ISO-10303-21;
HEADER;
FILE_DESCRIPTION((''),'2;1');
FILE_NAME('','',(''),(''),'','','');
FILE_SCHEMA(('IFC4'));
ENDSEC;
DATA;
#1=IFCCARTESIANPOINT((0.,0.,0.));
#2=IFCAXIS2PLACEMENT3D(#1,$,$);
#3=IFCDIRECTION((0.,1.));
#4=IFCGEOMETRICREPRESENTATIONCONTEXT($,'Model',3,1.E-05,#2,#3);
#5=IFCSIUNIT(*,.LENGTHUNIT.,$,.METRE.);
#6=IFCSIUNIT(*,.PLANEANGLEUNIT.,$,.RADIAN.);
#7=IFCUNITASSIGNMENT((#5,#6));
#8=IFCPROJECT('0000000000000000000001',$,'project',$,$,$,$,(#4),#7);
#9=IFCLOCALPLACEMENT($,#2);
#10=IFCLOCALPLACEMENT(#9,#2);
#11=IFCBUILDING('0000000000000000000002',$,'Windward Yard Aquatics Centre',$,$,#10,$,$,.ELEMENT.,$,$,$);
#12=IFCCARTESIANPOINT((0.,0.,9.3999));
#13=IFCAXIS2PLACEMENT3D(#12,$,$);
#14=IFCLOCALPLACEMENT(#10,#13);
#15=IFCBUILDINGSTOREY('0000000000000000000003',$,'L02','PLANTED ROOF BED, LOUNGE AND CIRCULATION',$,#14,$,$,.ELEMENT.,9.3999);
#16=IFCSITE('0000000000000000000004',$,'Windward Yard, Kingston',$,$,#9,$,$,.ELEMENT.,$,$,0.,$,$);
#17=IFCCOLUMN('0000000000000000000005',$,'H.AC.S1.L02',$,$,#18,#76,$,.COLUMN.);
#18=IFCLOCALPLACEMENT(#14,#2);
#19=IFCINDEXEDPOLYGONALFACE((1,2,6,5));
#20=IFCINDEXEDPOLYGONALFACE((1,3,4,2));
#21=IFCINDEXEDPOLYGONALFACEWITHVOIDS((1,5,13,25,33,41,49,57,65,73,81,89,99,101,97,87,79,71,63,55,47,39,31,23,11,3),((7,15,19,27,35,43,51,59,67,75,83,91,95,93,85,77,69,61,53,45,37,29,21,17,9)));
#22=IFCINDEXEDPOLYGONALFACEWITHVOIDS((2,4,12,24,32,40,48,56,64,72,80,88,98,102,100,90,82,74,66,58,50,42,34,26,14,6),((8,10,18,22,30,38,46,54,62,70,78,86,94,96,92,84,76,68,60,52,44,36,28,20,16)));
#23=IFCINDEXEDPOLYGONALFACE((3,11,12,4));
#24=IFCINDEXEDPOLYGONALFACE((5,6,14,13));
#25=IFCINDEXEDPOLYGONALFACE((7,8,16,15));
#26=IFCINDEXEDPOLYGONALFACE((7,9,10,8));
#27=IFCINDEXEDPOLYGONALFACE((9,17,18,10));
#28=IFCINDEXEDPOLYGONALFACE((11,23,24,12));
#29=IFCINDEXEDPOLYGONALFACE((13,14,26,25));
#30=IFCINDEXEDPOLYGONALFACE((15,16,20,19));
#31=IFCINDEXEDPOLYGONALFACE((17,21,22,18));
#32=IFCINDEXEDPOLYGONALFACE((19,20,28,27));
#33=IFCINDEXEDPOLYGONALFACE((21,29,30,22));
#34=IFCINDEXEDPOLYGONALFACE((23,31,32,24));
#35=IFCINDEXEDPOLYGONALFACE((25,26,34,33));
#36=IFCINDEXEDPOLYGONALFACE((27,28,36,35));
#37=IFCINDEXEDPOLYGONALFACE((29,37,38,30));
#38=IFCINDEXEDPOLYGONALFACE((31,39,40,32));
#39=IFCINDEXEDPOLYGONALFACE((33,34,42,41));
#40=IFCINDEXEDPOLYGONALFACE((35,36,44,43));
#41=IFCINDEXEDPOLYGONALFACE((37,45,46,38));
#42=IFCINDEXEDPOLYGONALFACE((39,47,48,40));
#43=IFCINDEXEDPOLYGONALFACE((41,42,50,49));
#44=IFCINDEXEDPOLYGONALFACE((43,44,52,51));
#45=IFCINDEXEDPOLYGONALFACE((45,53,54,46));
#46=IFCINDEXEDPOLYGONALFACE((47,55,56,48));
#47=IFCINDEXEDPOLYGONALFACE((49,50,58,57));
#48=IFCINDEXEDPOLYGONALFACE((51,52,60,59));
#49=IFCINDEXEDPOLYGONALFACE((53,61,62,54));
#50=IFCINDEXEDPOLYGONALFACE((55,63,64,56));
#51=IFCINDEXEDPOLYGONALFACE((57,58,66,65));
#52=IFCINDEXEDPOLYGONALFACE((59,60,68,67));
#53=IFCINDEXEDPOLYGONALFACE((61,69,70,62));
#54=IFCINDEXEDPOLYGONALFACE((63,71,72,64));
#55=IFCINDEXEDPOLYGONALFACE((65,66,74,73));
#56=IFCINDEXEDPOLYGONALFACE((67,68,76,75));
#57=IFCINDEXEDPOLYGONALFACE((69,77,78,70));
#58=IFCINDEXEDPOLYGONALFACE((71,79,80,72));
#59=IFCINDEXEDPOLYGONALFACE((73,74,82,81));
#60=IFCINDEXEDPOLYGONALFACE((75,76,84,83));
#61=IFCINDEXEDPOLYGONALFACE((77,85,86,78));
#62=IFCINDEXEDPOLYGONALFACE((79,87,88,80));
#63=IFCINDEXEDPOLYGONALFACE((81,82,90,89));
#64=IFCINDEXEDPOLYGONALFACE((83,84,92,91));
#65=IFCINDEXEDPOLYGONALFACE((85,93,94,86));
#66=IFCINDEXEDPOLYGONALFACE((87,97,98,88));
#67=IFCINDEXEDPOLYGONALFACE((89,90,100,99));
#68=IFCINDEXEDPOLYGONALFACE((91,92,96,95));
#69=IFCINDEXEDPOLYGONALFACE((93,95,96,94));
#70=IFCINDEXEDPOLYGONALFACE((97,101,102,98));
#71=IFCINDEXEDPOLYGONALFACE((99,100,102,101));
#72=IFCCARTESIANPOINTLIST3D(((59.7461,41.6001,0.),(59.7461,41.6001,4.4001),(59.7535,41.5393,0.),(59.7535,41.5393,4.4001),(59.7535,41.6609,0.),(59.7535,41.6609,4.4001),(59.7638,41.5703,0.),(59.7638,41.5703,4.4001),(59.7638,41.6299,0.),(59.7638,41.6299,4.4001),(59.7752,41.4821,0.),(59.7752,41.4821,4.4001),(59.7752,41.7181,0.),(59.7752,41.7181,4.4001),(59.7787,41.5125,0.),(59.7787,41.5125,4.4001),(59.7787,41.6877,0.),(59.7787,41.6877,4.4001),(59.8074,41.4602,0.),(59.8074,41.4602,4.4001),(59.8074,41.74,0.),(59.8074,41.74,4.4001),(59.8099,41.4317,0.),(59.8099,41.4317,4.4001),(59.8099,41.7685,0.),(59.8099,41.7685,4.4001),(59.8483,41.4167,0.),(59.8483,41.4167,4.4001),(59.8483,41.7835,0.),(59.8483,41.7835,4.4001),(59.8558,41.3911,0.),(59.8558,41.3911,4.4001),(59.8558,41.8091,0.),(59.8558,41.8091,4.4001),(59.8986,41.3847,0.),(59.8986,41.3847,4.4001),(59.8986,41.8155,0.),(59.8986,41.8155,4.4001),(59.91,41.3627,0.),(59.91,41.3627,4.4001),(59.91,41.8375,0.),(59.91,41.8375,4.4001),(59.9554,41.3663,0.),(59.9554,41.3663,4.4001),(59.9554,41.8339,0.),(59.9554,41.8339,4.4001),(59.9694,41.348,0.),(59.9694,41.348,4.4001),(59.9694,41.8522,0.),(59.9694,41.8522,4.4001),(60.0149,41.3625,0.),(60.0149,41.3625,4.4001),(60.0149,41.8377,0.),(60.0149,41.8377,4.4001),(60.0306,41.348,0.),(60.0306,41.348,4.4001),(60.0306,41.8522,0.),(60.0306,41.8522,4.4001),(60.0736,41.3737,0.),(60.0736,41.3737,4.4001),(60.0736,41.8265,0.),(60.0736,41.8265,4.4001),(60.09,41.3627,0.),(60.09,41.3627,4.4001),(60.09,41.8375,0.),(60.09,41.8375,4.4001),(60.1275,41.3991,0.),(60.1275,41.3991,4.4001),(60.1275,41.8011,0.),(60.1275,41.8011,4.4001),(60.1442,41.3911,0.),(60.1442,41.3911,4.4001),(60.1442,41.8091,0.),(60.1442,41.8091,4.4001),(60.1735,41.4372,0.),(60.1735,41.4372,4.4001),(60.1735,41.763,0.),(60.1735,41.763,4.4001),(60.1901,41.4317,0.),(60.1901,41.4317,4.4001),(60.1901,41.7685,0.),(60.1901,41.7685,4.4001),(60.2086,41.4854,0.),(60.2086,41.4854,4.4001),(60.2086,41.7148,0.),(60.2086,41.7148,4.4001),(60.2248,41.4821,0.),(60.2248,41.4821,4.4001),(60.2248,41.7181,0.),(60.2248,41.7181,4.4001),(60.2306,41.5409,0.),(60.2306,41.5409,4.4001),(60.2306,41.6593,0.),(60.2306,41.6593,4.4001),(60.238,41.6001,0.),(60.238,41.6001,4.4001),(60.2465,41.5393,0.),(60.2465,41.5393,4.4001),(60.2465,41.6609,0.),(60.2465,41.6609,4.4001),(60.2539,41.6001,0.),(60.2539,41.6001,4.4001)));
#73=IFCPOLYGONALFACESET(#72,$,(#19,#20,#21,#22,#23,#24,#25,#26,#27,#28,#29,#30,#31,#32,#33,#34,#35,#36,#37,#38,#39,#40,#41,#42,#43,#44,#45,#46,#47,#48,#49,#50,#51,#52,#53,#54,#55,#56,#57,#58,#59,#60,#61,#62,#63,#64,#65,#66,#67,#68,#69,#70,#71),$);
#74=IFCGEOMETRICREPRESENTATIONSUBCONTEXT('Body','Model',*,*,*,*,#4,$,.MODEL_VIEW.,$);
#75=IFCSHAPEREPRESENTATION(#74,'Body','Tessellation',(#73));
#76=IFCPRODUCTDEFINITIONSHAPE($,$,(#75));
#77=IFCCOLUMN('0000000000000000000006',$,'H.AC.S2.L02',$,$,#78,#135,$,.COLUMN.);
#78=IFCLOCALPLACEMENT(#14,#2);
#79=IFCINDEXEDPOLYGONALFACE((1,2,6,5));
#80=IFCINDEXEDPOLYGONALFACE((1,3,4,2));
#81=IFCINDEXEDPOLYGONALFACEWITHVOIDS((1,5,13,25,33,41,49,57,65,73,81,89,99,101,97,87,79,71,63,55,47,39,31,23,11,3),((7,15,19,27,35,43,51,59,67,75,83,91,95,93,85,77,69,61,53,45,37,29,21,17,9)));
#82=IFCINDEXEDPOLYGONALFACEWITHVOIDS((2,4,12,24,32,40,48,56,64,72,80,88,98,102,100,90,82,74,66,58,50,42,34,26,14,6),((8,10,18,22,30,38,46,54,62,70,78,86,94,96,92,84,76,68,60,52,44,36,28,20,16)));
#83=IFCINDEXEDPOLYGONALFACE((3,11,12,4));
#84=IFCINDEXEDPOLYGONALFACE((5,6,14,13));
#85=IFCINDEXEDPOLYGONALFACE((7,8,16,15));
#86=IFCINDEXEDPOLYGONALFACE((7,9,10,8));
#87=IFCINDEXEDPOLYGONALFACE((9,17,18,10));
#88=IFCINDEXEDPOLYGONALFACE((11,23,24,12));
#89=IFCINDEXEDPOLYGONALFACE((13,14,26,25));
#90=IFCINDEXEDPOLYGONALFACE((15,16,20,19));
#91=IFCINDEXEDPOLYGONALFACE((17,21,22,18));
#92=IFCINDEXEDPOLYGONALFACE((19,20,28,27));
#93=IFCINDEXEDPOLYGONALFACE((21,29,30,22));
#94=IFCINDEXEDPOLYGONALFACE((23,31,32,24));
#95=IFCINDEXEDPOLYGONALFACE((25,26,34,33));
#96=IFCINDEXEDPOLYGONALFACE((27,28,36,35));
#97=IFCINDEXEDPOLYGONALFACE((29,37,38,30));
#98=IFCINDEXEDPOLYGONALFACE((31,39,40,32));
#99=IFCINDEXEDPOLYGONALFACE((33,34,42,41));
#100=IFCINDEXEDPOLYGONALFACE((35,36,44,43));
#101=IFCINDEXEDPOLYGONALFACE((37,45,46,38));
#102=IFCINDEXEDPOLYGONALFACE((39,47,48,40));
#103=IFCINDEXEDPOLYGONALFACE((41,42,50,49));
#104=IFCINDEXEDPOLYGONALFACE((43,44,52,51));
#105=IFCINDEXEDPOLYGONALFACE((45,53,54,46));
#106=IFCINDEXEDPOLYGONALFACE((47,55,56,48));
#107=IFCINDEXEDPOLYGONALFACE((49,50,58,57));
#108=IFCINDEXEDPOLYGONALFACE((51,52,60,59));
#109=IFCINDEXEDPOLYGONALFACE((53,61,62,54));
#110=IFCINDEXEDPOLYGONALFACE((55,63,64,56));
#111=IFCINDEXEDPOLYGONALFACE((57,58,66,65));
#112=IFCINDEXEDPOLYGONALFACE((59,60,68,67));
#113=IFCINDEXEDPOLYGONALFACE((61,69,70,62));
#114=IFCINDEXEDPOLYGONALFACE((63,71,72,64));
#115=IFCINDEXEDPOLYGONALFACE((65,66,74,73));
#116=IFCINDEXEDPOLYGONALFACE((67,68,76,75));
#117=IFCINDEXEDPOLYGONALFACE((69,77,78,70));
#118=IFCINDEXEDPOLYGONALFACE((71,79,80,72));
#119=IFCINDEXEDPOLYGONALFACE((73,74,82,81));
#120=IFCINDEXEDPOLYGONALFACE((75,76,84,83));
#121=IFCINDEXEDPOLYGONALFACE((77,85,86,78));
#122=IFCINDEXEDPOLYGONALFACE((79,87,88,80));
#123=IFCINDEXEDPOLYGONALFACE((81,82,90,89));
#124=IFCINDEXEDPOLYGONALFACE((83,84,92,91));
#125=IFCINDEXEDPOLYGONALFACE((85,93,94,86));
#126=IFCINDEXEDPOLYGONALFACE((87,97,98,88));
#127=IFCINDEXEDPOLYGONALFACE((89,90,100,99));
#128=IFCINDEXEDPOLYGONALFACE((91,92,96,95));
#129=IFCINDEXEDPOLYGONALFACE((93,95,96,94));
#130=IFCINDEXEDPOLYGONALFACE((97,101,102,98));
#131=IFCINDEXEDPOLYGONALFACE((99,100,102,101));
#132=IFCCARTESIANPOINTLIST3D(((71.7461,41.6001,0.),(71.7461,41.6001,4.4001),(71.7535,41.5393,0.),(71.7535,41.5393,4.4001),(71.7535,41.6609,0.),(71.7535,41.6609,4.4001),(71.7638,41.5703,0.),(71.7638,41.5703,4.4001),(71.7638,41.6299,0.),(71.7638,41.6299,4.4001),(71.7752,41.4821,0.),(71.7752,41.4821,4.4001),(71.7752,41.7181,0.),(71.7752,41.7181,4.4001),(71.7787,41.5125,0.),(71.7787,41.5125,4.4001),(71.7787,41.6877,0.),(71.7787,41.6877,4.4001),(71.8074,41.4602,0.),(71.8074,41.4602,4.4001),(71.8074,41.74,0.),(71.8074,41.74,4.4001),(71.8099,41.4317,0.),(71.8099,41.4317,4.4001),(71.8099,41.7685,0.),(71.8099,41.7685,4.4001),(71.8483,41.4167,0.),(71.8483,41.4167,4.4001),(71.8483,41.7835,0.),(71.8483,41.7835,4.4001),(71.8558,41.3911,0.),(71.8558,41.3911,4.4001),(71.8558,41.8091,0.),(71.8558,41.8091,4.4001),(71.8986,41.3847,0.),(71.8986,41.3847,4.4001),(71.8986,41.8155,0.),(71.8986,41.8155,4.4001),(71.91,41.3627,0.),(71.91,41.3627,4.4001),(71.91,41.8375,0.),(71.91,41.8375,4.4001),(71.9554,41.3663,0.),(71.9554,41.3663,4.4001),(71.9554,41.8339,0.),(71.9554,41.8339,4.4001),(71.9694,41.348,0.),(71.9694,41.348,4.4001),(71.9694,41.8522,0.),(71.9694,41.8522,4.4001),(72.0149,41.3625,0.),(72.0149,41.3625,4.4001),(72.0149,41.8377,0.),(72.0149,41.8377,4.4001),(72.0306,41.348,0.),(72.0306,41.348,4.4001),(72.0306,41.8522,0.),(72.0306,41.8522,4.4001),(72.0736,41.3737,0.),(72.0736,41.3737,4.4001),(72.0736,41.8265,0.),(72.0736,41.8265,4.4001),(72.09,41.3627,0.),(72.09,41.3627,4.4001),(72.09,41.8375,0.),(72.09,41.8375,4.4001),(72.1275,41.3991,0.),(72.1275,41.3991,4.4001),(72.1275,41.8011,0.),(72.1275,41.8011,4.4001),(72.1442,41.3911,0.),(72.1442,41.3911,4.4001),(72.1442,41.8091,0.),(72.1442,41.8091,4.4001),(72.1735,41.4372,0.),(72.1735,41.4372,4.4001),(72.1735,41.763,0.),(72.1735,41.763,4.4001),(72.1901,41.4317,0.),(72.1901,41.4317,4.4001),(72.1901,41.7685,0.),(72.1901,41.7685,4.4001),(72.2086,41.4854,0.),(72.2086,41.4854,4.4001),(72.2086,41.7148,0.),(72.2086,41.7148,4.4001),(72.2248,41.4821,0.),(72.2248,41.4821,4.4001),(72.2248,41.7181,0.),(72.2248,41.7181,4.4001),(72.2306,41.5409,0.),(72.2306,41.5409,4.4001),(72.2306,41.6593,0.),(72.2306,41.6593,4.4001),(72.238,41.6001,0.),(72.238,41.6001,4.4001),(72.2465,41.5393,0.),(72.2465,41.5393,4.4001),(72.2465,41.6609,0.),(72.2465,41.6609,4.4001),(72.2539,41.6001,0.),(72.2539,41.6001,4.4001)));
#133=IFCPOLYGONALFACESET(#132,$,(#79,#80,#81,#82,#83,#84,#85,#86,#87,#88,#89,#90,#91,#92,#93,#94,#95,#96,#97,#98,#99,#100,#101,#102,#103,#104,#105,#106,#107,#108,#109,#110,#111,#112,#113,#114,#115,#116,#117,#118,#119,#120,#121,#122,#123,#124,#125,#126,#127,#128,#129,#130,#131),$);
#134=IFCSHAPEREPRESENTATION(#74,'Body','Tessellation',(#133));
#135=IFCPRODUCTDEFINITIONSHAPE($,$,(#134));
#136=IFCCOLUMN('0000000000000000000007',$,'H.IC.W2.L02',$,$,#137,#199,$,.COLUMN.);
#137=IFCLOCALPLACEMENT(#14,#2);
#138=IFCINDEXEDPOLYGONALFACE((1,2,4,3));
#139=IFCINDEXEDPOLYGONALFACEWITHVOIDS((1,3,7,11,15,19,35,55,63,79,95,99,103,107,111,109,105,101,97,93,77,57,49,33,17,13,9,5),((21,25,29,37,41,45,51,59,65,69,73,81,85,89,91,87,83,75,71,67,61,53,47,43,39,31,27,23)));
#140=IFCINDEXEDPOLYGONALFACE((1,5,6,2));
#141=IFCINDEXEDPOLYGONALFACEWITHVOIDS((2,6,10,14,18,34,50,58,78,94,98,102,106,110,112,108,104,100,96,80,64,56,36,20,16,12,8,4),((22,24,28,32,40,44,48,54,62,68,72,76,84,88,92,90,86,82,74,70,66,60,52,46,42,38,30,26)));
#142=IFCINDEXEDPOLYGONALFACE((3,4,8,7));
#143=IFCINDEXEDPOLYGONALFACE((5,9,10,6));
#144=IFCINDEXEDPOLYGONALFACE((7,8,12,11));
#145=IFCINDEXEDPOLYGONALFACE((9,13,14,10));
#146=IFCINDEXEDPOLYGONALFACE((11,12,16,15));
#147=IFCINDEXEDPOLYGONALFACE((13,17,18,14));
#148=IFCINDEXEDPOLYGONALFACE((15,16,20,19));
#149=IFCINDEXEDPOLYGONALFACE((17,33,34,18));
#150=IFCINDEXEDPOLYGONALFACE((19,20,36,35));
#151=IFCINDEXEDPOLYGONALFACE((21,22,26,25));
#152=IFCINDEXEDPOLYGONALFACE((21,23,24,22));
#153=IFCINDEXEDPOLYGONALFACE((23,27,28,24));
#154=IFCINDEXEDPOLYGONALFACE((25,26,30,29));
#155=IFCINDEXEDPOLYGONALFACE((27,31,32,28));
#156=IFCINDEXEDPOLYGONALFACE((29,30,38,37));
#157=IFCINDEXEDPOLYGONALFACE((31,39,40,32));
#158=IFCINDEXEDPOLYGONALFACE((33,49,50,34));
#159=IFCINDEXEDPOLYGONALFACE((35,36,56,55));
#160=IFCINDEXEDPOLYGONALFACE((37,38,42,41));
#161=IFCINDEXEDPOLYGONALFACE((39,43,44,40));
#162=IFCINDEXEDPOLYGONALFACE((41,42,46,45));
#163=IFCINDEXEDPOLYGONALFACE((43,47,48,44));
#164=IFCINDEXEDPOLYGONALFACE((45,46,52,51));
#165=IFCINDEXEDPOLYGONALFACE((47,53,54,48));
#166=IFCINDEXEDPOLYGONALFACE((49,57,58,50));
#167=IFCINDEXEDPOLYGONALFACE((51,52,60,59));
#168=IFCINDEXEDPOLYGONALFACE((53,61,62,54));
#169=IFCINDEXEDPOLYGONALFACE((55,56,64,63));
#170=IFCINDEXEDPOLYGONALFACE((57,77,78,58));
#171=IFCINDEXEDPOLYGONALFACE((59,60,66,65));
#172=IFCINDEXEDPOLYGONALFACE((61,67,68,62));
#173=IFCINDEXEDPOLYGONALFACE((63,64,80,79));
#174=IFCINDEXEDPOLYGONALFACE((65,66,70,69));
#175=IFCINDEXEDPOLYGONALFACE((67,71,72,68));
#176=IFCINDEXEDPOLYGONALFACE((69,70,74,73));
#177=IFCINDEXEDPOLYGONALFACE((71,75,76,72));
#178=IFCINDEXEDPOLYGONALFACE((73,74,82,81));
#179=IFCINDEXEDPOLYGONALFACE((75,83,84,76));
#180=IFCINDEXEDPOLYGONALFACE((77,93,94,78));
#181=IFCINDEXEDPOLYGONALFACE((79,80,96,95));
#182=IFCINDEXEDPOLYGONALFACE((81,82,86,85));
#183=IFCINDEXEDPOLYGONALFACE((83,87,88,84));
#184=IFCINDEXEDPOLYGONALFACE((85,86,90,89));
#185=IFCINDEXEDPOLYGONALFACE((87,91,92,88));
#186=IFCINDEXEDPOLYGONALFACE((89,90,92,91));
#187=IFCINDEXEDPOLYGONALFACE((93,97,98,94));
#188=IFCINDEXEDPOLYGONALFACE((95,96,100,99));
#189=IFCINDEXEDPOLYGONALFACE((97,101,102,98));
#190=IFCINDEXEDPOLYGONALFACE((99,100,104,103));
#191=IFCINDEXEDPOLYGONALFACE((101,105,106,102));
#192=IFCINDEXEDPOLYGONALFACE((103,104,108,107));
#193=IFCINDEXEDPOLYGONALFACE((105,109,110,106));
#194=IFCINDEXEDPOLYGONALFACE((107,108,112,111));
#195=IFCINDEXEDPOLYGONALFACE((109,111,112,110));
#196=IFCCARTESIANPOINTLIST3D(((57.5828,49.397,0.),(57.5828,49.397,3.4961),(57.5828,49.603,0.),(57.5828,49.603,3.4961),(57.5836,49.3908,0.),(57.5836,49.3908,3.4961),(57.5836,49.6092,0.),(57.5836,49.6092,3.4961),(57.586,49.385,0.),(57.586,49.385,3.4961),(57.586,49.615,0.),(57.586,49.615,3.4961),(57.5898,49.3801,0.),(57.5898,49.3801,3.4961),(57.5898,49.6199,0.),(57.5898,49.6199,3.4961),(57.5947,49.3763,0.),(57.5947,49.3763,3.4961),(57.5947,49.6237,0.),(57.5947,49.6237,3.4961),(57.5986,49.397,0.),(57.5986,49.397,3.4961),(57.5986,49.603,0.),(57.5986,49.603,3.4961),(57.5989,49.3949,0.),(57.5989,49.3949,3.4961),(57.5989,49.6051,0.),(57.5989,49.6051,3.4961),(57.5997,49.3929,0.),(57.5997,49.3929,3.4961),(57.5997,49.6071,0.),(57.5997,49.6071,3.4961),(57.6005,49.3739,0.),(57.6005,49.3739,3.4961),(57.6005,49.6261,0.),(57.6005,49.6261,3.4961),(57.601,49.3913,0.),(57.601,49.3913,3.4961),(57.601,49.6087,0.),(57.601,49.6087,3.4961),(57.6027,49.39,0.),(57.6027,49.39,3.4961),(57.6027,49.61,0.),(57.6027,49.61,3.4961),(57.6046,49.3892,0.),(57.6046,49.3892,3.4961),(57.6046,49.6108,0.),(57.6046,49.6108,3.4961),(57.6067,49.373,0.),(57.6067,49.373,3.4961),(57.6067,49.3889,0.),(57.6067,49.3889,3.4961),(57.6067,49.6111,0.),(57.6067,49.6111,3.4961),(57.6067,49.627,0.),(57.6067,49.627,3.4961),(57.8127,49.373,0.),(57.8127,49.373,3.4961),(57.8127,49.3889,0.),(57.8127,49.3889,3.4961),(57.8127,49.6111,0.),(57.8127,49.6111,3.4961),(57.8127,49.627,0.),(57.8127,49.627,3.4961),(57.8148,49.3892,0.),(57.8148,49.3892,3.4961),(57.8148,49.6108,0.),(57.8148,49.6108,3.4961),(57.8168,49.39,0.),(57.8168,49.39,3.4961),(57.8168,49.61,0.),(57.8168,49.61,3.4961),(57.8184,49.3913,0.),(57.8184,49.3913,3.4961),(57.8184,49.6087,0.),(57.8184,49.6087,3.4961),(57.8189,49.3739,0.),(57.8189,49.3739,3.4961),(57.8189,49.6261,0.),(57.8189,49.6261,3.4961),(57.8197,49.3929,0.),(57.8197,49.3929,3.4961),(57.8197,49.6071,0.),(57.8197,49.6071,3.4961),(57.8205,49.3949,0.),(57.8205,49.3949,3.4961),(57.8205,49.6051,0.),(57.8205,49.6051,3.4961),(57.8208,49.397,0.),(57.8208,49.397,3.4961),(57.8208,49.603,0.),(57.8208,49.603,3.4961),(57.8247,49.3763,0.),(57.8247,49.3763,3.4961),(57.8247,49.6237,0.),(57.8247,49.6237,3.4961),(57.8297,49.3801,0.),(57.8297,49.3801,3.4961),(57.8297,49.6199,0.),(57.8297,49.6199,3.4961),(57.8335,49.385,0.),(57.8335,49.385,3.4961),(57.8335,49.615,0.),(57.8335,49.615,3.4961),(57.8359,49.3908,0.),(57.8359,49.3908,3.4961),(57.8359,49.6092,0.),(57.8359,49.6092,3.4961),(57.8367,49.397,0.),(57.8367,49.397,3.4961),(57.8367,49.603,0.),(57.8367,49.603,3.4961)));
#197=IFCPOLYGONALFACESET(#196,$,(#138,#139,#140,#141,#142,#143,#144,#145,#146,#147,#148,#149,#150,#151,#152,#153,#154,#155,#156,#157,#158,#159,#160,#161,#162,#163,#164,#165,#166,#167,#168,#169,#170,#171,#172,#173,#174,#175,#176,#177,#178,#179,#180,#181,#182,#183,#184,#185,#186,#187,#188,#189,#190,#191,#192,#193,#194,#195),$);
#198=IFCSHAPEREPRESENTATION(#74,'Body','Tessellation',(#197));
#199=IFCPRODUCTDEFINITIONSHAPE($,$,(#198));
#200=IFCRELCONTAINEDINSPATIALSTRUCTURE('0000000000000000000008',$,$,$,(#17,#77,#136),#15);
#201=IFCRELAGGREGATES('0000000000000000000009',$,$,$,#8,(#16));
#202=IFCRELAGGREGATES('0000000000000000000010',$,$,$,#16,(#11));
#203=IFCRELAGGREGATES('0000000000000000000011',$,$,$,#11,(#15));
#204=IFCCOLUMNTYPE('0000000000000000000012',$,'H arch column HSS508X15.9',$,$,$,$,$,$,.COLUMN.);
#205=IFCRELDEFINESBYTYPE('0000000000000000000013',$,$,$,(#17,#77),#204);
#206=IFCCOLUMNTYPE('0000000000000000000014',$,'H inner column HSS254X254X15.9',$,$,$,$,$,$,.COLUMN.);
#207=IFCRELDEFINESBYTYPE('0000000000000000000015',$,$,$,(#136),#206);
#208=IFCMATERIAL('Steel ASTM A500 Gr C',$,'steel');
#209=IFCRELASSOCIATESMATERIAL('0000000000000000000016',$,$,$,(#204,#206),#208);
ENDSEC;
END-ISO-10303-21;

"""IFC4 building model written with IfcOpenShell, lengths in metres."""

from ifc_helpers import new_model, si_unit, direction, frame, origin, origin_2d, place, context, subcontext, project, spatial, hollow_rectangle, hollow_circle, extrude, material, material_profile, profile_set, type_object, element, save


model = new_model("IFC4")

# Units and contexts
model_context = context("Model", 3, precision=1e-05, world=origin(), true_north=direction((0.0, 1.0)))
body_context = subcontext(model_context, "Body", "Model", "MODEL_VIEW")
ifc_project = project(units=[si_unit("LENGTHUNIT", "METRE"), si_unit("PLANEANGLEUNIT", "RADIAN")], contexts=[model_context])

# Site, building, storey
site_placement = place(None, origin())
site = spatial("IfcSite", under=ifc_project, at=site_placement, Name="Windward Yard, Kingston", CompositionType="ELEMENT", RefElevation=0.0)
building_placement = place(site_placement, origin())
building = spatial("IfcBuilding", under=site, at=building_placement, Name="Windward Yard Aquatics Centre", CompositionType="ELEMENT")
storey_placement = place(building_placement, frame((0.0, 0.0, 9.3999)))
storey = spatial("IfcBuildingStorey", under=building, at=storey_placement, Name="L02", Description="PLANTED ROOF BED, LOUNGE AND CIRCULATION", CompositionType="ELEMENT", Elevation=9.3999)

# Columns
ifc_material_1 = material(Name="Steel ASTM A500 Gr C", Category="steel")
ifc_material_profile_1 = material_profile(ifc_material_1, hollow_circle(Radius=0.2539, WallThickness=0.0159, at=origin_2d()), Name="HSS508X15.9")
ifc_profile_set_1 = profile_set([ifc_material_profile_1], Name="Steel ASTM A500 Gr C")
column_type_1 = type_object("IfcColumnType", Name="H arch column HSS508X15.9", PredefinedType="COLUMN", material=ifc_profile_set_1)
for number, where, z_axis, x_axis, name in (
    (1, (60.0, 41.6001, 0.0), (0.0, 0.0, 1.0), (1.0, 0.0, 0.0), "H.AC.S1.L02"),
    (2, (72.0, 41.6001, 0.0), (0.0, 0.0, 1.0), (1.0, 0.0, 0.0), "H.AC.S2.L02"),
):
    element("IfcColumn", number, at=place(storey_placement, frame(where, z_axis=z_axis, x_axis=x_axis)), inside=storey, type_object=column_type_1, Name=name, PredefinedType="COLUMN", context=body_context, shape_type="SweptSolid", body=[
        extrude(hollow_circle(Radius=0.2539, WallThickness=0.0159, at=origin_2d()), origin(), (0.0, 0.0, 1.0), 4.4001),
    ])
ifc_material_profile_2 = material_profile(ifc_material_1, hollow_rectangle(XDim=0.2539, YDim=0.2539, WallThickness=0.0159, InnerFilletRadius=0.0081, OuterFilletRadius=0.0239, at=origin_2d()), Name="HSS254X254X15.9")
ifc_profile_set_2 = profile_set([ifc_material_profile_2], Name="Steel ASTM A500 Gr C")
column_type_2 = type_object("IfcColumnType", Name="H inner column HSS254X254X15.9", PredefinedType="COLUMN", material=ifc_profile_set_2)
for number, where, z_axis, x_axis, name in (
    (3, (57.7097, 49.5, 0.0), (0.0, 0.0, 1.0), (1.0, 0.0, 0.0), "H.IC.W2.L02"),
):
    element("IfcColumn", number, at=place(storey_placement, frame(where, z_axis=z_axis, x_axis=x_axis)), inside=storey, type_object=column_type_2, Name=name, PredefinedType="COLUMN", context=body_context, shape_type="SweptSolid", body=[
        extrude(hollow_rectangle(XDim=0.2539, YDim=0.2539, WallThickness=0.0159, InnerFilletRadius=0.0081, OuterFilletRadius=0.0239, at=origin_2d()), origin(), (0.0, 0.0, 1.0), 3.4961),
    ])

save(model, "model.ifc")
